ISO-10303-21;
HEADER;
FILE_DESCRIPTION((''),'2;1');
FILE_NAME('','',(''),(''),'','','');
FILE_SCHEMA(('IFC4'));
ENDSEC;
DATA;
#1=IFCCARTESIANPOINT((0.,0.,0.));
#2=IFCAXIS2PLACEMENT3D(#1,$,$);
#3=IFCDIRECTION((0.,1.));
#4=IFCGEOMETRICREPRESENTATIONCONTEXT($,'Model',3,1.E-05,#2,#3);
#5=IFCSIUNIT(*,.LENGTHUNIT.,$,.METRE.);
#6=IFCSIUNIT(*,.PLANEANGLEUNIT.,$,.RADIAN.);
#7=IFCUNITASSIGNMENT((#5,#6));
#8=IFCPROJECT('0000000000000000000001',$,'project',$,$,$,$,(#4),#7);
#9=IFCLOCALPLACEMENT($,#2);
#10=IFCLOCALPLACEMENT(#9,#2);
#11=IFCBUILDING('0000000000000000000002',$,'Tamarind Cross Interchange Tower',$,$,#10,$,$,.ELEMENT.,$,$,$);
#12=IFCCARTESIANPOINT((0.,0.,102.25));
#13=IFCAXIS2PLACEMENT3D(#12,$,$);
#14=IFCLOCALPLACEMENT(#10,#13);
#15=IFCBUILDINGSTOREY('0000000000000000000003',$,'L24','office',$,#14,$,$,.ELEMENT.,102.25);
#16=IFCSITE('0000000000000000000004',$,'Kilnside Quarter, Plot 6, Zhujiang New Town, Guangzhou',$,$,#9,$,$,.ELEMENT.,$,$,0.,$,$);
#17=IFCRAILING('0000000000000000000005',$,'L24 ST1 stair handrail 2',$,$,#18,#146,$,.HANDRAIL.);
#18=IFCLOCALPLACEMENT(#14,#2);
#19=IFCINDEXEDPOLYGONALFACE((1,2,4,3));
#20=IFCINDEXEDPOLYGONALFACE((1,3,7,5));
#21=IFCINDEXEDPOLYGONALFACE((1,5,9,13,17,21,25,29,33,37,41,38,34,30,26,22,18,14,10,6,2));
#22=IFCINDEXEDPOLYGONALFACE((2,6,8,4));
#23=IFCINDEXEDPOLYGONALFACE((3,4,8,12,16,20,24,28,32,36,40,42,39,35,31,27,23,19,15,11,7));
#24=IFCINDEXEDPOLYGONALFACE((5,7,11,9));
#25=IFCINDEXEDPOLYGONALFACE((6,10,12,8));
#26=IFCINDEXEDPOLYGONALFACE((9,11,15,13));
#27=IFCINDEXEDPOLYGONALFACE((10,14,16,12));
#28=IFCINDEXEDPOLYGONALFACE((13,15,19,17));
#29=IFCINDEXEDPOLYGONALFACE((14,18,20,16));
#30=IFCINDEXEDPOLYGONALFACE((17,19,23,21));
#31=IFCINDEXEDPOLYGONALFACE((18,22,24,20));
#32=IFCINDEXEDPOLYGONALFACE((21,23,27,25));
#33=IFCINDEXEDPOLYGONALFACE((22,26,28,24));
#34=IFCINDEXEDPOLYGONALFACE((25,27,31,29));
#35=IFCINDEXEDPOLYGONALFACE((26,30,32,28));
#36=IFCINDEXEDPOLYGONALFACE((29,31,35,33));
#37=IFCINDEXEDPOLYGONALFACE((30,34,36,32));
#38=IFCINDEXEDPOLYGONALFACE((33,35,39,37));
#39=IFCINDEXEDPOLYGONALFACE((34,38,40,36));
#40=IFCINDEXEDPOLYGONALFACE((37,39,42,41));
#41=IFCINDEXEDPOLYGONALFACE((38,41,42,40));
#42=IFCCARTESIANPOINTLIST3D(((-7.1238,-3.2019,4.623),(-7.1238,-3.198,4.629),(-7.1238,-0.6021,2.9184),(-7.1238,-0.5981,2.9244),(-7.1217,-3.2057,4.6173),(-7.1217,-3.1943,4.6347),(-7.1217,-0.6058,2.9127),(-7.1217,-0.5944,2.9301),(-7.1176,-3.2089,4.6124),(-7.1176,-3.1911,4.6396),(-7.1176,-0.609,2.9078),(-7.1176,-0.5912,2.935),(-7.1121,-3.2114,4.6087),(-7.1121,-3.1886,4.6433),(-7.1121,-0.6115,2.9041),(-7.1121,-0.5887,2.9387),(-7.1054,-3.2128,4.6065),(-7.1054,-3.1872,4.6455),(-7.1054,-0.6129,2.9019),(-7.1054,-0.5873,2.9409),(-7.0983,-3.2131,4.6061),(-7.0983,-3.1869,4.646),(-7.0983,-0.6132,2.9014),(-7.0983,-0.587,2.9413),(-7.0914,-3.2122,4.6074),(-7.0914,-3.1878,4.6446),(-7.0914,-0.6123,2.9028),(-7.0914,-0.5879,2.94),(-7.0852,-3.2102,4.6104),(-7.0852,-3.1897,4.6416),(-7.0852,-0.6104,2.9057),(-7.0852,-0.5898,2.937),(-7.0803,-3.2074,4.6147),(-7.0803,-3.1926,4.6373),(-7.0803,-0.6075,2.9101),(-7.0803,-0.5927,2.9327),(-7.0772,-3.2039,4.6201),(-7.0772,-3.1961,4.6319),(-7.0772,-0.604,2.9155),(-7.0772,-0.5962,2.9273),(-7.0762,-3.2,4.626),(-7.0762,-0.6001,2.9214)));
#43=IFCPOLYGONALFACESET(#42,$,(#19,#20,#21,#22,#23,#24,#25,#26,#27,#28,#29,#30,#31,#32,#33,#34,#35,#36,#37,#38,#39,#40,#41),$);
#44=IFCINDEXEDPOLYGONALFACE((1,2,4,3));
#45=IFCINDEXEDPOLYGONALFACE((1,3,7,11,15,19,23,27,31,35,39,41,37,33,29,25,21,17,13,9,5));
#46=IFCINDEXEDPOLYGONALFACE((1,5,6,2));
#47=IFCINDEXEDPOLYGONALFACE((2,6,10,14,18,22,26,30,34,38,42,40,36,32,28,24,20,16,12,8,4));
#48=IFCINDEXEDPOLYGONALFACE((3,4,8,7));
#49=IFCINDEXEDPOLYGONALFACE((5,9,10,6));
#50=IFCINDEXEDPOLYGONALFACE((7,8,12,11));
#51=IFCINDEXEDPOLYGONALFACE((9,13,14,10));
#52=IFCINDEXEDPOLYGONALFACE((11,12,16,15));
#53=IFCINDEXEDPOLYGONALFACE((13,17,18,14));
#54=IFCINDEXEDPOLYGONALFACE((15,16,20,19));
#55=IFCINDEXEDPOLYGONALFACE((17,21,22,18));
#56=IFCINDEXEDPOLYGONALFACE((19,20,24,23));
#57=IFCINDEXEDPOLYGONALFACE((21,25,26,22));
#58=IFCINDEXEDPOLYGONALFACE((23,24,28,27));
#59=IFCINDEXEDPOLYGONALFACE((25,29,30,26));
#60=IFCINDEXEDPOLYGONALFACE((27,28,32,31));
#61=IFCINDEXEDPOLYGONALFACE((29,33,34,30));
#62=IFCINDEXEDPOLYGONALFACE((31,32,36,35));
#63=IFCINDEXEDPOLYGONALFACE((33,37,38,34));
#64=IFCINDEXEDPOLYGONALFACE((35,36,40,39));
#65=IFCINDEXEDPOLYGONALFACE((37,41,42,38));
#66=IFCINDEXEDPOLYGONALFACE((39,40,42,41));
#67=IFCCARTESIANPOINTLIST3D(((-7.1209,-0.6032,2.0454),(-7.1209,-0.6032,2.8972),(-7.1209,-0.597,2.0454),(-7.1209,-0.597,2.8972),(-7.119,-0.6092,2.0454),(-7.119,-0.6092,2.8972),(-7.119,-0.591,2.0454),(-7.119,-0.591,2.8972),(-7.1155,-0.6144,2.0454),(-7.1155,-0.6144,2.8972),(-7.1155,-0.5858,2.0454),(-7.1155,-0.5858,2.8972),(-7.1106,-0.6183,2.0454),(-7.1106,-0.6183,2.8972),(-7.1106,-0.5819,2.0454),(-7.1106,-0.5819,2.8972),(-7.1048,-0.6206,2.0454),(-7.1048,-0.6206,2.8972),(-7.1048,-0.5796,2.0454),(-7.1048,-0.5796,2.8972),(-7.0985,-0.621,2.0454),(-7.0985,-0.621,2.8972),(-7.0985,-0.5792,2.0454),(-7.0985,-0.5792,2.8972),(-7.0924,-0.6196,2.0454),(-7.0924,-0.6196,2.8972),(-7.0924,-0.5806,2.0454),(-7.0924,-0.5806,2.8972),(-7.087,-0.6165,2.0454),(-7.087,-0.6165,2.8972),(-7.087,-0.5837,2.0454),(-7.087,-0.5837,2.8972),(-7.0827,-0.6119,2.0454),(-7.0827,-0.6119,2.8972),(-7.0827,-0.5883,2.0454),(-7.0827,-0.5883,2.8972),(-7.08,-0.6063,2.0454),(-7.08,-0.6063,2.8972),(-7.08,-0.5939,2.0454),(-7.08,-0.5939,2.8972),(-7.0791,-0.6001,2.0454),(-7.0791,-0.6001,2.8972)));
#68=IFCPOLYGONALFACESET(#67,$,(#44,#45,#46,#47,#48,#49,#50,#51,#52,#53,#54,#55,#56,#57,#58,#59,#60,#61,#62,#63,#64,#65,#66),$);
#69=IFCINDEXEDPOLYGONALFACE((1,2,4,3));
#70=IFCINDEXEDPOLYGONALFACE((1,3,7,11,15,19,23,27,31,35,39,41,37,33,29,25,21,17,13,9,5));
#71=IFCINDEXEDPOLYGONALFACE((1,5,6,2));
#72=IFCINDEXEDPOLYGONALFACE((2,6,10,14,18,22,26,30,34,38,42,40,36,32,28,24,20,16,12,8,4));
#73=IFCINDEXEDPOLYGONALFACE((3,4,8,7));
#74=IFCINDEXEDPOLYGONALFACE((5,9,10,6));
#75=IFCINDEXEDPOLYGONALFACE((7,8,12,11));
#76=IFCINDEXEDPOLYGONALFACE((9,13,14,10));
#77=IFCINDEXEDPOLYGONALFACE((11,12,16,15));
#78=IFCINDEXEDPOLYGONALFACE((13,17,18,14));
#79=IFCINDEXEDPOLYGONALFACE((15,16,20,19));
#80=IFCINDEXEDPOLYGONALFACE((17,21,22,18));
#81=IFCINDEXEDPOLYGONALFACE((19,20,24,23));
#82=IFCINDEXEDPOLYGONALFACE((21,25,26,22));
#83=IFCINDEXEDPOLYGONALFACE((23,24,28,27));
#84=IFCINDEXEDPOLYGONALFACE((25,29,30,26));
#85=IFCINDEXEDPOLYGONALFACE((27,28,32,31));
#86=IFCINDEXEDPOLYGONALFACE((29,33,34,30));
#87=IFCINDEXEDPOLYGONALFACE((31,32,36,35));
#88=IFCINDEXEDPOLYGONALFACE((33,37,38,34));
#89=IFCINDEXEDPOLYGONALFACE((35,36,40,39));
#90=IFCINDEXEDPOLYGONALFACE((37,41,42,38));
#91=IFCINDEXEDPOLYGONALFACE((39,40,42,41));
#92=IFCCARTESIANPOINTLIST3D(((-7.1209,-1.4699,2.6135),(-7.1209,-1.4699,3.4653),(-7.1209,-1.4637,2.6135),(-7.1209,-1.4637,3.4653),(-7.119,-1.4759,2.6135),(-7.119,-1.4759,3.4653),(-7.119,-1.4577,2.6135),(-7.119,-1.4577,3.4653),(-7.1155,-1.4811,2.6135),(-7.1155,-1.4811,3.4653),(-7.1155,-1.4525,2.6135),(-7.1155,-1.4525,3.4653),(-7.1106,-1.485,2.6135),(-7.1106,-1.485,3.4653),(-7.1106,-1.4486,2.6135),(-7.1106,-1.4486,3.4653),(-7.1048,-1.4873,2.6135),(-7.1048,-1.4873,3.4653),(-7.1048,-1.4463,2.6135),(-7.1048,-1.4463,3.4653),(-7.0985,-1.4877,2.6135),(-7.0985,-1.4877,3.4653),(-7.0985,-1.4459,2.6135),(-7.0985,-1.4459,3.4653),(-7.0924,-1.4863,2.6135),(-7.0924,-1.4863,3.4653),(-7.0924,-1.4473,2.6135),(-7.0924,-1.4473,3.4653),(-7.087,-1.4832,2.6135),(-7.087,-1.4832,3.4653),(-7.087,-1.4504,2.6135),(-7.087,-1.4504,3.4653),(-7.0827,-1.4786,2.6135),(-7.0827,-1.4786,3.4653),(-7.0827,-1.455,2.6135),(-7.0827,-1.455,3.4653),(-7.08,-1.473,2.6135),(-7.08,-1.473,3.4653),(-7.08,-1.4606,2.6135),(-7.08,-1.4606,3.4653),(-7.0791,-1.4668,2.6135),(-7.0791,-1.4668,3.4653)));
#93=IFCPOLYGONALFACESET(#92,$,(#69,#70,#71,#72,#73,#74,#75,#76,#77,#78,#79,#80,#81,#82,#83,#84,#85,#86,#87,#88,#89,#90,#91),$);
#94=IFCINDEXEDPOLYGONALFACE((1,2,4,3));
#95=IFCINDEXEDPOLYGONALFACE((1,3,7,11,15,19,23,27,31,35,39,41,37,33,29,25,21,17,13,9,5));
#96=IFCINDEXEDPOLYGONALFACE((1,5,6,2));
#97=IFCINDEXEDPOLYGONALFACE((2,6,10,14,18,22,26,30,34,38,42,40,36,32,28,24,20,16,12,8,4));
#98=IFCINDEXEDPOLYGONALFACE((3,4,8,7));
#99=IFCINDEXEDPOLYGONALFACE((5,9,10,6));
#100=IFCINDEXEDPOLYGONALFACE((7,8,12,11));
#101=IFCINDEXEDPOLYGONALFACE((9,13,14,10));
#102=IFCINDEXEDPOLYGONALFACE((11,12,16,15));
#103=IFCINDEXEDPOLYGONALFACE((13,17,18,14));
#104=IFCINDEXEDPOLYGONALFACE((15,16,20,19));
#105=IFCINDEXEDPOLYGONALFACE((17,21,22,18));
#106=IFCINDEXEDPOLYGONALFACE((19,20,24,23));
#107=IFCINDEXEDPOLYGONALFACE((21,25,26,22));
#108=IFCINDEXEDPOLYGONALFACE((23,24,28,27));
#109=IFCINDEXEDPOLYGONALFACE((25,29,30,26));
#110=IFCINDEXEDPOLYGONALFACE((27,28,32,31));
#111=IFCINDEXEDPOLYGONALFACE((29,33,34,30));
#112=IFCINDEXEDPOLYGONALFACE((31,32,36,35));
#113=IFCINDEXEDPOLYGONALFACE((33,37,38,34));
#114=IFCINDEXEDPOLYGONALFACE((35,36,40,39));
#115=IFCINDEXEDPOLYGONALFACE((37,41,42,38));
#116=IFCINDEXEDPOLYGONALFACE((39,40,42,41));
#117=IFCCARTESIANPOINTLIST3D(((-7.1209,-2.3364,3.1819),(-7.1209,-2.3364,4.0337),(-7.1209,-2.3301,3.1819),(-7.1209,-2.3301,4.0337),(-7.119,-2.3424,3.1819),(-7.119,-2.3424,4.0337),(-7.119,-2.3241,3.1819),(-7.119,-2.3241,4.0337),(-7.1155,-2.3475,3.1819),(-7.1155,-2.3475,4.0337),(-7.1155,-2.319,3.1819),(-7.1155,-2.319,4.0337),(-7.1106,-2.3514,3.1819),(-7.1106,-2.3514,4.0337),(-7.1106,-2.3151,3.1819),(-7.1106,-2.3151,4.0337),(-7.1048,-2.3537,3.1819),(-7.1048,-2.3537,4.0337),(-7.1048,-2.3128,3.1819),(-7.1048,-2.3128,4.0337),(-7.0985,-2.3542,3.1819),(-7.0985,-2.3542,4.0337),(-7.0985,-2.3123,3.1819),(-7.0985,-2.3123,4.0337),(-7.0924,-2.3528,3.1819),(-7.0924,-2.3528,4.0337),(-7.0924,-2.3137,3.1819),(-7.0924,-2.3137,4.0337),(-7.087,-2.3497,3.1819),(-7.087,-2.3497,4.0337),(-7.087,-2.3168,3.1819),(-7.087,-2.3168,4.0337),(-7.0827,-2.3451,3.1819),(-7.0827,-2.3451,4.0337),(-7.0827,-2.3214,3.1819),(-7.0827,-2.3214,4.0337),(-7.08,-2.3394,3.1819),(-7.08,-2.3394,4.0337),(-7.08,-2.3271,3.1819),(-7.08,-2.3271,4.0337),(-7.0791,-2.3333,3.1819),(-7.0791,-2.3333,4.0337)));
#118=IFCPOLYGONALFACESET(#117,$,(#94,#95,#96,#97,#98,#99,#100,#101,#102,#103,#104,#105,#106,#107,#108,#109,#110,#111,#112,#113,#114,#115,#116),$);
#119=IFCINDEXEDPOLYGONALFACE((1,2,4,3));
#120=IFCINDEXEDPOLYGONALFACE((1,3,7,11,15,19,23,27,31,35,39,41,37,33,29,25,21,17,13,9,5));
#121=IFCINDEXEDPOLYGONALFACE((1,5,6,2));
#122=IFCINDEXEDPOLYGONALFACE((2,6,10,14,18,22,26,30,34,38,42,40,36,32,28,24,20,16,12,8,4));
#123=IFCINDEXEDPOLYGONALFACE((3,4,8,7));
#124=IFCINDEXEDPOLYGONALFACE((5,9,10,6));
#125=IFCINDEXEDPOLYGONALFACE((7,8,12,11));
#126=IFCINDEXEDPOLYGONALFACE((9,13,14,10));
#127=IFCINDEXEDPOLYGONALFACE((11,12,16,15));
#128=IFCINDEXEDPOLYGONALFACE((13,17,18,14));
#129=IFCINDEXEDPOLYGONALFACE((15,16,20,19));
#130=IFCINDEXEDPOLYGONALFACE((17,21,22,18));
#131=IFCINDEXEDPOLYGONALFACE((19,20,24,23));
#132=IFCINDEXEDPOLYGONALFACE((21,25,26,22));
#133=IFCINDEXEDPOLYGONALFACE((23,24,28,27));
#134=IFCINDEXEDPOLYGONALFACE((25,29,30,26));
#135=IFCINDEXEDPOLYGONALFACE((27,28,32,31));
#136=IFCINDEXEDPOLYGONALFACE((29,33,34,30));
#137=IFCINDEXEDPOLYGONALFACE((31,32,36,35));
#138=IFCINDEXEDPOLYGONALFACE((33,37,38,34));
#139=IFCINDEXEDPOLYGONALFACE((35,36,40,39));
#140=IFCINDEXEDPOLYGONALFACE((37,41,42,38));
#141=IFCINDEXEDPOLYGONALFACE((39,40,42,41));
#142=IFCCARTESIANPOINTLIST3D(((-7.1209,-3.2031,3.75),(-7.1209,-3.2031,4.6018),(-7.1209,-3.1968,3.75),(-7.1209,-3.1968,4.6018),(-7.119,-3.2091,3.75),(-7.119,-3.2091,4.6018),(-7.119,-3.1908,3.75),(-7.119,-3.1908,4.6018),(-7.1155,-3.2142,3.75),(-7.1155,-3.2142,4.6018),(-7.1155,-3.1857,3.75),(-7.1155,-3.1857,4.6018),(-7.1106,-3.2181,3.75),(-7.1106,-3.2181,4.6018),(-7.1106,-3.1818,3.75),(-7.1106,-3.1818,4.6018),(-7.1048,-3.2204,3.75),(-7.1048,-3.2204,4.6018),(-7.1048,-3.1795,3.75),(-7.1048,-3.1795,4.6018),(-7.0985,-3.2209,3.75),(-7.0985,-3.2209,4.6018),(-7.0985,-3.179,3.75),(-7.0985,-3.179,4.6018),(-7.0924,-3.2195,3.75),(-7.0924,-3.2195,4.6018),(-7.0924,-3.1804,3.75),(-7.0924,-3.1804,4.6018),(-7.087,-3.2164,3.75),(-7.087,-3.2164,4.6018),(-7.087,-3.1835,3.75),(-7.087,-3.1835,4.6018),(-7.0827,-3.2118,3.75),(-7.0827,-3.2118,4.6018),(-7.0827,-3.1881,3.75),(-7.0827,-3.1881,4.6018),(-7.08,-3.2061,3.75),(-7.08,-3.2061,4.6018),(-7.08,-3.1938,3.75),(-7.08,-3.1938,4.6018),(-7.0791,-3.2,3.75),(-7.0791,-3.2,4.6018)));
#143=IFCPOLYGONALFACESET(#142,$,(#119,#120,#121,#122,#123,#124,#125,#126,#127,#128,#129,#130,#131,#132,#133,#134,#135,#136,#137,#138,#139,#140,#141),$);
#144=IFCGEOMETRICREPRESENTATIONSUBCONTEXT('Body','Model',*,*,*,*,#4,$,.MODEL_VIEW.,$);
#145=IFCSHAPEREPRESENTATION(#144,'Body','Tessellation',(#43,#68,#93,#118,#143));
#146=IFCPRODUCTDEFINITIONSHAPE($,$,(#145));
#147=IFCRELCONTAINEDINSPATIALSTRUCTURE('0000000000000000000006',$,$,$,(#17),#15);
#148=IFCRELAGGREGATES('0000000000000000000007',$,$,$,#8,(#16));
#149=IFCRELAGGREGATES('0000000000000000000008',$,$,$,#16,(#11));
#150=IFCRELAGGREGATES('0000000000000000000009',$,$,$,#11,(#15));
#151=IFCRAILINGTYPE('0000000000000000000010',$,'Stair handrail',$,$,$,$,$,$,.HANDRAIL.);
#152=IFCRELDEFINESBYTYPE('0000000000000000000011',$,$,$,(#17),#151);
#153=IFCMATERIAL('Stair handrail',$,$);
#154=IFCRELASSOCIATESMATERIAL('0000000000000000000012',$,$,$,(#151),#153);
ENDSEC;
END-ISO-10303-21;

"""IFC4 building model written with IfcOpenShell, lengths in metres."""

from ifc_helpers import new_model, si_unit, direction, frame, origin, origin_2d, place, context, subcontext, project, spatial, circle, extrude, material, type_object, element, save


model = new_model("IFC4")

# Units and contexts
model_context = context("Model", 3, precision=1e-05, world=origin(), true_north=direction((0.0, 1.0)))
body_context = subcontext(model_context, "Body", "Model", "MODEL_VIEW")
ifc_project = project(units=[si_unit("LENGTHUNIT", "METRE"), si_unit("PLANEANGLEUNIT", "RADIAN")], contexts=[model_context])

# Site, building, storey
site_placement = place(None, origin())
site = spatial("IfcSite", under=ifc_project, at=site_placement, Name="Kilnside Quarter, Plot 6, Zhujiang New Town, Guangzhou", CompositionType="ELEMENT", RefElevation=0.0)
building_placement = place(site_placement, origin())
building = spatial("IfcBuilding", under=site, at=building_placement, Name="Tamarind Cross Interchange Tower", CompositionType="ELEMENT")
storey_placement = place(building_placement, frame((0.0, 0.0, 102.25)))
storey = spatial("IfcBuildingStorey", under=building, at=storey_placement, Name="L24", Description="office", CompositionType="ELEMENT", Elevation=102.25)

# Railing
ifc_material_1 = material(Name="Stair handrail")
railing_type_1 = type_object("IfcRailingType", Name="Stair handrail", PredefinedType="HANDRAIL", material=ifc_material_1)
railing_1_placement = place(storey_placement, frame((-7.1001, -0.6001, 2.0454)))
element("IfcRailing", 1, at=railing_1_placement, inside=storey, type_object=railing_type_1, Name="L24 ST1 stair handrail 2", PredefinedType="HANDRAIL", context=body_context, shape_type="SweptSolid", body=[
    extrude(circle(Radius=0.0239, at=origin_2d()), frame((0.0, 0.0, 0.876), z_axis=(0.0, -0.836279, 0.548305), x_axis=(1.0, 0.0, 0.0)), (0.0, 0.0, 1.0), 3.1089),
    extrude(circle(Radius=0.021, at=origin_2d()), origin(), (0.0, 0.0, 1.0), 0.8518),
    extrude(circle(Radius=0.021, at=origin_2d()), frame((0.0, -0.8667, 0.5681)), (0.0, 0.0, 1.0), 0.8518),
    extrude(circle(Radius=0.021, at=origin_2d()), frame((0.0, -1.7332, 1.1365)), (0.0, 0.0, 1.0), 0.8518),
    extrude(circle(Radius=0.021, at=origin_2d()), frame((0.0, -2.5999, 1.7046)), (0.0, 0.0, 1.0), 0.8518),
])

save(model, "model.ifc")
